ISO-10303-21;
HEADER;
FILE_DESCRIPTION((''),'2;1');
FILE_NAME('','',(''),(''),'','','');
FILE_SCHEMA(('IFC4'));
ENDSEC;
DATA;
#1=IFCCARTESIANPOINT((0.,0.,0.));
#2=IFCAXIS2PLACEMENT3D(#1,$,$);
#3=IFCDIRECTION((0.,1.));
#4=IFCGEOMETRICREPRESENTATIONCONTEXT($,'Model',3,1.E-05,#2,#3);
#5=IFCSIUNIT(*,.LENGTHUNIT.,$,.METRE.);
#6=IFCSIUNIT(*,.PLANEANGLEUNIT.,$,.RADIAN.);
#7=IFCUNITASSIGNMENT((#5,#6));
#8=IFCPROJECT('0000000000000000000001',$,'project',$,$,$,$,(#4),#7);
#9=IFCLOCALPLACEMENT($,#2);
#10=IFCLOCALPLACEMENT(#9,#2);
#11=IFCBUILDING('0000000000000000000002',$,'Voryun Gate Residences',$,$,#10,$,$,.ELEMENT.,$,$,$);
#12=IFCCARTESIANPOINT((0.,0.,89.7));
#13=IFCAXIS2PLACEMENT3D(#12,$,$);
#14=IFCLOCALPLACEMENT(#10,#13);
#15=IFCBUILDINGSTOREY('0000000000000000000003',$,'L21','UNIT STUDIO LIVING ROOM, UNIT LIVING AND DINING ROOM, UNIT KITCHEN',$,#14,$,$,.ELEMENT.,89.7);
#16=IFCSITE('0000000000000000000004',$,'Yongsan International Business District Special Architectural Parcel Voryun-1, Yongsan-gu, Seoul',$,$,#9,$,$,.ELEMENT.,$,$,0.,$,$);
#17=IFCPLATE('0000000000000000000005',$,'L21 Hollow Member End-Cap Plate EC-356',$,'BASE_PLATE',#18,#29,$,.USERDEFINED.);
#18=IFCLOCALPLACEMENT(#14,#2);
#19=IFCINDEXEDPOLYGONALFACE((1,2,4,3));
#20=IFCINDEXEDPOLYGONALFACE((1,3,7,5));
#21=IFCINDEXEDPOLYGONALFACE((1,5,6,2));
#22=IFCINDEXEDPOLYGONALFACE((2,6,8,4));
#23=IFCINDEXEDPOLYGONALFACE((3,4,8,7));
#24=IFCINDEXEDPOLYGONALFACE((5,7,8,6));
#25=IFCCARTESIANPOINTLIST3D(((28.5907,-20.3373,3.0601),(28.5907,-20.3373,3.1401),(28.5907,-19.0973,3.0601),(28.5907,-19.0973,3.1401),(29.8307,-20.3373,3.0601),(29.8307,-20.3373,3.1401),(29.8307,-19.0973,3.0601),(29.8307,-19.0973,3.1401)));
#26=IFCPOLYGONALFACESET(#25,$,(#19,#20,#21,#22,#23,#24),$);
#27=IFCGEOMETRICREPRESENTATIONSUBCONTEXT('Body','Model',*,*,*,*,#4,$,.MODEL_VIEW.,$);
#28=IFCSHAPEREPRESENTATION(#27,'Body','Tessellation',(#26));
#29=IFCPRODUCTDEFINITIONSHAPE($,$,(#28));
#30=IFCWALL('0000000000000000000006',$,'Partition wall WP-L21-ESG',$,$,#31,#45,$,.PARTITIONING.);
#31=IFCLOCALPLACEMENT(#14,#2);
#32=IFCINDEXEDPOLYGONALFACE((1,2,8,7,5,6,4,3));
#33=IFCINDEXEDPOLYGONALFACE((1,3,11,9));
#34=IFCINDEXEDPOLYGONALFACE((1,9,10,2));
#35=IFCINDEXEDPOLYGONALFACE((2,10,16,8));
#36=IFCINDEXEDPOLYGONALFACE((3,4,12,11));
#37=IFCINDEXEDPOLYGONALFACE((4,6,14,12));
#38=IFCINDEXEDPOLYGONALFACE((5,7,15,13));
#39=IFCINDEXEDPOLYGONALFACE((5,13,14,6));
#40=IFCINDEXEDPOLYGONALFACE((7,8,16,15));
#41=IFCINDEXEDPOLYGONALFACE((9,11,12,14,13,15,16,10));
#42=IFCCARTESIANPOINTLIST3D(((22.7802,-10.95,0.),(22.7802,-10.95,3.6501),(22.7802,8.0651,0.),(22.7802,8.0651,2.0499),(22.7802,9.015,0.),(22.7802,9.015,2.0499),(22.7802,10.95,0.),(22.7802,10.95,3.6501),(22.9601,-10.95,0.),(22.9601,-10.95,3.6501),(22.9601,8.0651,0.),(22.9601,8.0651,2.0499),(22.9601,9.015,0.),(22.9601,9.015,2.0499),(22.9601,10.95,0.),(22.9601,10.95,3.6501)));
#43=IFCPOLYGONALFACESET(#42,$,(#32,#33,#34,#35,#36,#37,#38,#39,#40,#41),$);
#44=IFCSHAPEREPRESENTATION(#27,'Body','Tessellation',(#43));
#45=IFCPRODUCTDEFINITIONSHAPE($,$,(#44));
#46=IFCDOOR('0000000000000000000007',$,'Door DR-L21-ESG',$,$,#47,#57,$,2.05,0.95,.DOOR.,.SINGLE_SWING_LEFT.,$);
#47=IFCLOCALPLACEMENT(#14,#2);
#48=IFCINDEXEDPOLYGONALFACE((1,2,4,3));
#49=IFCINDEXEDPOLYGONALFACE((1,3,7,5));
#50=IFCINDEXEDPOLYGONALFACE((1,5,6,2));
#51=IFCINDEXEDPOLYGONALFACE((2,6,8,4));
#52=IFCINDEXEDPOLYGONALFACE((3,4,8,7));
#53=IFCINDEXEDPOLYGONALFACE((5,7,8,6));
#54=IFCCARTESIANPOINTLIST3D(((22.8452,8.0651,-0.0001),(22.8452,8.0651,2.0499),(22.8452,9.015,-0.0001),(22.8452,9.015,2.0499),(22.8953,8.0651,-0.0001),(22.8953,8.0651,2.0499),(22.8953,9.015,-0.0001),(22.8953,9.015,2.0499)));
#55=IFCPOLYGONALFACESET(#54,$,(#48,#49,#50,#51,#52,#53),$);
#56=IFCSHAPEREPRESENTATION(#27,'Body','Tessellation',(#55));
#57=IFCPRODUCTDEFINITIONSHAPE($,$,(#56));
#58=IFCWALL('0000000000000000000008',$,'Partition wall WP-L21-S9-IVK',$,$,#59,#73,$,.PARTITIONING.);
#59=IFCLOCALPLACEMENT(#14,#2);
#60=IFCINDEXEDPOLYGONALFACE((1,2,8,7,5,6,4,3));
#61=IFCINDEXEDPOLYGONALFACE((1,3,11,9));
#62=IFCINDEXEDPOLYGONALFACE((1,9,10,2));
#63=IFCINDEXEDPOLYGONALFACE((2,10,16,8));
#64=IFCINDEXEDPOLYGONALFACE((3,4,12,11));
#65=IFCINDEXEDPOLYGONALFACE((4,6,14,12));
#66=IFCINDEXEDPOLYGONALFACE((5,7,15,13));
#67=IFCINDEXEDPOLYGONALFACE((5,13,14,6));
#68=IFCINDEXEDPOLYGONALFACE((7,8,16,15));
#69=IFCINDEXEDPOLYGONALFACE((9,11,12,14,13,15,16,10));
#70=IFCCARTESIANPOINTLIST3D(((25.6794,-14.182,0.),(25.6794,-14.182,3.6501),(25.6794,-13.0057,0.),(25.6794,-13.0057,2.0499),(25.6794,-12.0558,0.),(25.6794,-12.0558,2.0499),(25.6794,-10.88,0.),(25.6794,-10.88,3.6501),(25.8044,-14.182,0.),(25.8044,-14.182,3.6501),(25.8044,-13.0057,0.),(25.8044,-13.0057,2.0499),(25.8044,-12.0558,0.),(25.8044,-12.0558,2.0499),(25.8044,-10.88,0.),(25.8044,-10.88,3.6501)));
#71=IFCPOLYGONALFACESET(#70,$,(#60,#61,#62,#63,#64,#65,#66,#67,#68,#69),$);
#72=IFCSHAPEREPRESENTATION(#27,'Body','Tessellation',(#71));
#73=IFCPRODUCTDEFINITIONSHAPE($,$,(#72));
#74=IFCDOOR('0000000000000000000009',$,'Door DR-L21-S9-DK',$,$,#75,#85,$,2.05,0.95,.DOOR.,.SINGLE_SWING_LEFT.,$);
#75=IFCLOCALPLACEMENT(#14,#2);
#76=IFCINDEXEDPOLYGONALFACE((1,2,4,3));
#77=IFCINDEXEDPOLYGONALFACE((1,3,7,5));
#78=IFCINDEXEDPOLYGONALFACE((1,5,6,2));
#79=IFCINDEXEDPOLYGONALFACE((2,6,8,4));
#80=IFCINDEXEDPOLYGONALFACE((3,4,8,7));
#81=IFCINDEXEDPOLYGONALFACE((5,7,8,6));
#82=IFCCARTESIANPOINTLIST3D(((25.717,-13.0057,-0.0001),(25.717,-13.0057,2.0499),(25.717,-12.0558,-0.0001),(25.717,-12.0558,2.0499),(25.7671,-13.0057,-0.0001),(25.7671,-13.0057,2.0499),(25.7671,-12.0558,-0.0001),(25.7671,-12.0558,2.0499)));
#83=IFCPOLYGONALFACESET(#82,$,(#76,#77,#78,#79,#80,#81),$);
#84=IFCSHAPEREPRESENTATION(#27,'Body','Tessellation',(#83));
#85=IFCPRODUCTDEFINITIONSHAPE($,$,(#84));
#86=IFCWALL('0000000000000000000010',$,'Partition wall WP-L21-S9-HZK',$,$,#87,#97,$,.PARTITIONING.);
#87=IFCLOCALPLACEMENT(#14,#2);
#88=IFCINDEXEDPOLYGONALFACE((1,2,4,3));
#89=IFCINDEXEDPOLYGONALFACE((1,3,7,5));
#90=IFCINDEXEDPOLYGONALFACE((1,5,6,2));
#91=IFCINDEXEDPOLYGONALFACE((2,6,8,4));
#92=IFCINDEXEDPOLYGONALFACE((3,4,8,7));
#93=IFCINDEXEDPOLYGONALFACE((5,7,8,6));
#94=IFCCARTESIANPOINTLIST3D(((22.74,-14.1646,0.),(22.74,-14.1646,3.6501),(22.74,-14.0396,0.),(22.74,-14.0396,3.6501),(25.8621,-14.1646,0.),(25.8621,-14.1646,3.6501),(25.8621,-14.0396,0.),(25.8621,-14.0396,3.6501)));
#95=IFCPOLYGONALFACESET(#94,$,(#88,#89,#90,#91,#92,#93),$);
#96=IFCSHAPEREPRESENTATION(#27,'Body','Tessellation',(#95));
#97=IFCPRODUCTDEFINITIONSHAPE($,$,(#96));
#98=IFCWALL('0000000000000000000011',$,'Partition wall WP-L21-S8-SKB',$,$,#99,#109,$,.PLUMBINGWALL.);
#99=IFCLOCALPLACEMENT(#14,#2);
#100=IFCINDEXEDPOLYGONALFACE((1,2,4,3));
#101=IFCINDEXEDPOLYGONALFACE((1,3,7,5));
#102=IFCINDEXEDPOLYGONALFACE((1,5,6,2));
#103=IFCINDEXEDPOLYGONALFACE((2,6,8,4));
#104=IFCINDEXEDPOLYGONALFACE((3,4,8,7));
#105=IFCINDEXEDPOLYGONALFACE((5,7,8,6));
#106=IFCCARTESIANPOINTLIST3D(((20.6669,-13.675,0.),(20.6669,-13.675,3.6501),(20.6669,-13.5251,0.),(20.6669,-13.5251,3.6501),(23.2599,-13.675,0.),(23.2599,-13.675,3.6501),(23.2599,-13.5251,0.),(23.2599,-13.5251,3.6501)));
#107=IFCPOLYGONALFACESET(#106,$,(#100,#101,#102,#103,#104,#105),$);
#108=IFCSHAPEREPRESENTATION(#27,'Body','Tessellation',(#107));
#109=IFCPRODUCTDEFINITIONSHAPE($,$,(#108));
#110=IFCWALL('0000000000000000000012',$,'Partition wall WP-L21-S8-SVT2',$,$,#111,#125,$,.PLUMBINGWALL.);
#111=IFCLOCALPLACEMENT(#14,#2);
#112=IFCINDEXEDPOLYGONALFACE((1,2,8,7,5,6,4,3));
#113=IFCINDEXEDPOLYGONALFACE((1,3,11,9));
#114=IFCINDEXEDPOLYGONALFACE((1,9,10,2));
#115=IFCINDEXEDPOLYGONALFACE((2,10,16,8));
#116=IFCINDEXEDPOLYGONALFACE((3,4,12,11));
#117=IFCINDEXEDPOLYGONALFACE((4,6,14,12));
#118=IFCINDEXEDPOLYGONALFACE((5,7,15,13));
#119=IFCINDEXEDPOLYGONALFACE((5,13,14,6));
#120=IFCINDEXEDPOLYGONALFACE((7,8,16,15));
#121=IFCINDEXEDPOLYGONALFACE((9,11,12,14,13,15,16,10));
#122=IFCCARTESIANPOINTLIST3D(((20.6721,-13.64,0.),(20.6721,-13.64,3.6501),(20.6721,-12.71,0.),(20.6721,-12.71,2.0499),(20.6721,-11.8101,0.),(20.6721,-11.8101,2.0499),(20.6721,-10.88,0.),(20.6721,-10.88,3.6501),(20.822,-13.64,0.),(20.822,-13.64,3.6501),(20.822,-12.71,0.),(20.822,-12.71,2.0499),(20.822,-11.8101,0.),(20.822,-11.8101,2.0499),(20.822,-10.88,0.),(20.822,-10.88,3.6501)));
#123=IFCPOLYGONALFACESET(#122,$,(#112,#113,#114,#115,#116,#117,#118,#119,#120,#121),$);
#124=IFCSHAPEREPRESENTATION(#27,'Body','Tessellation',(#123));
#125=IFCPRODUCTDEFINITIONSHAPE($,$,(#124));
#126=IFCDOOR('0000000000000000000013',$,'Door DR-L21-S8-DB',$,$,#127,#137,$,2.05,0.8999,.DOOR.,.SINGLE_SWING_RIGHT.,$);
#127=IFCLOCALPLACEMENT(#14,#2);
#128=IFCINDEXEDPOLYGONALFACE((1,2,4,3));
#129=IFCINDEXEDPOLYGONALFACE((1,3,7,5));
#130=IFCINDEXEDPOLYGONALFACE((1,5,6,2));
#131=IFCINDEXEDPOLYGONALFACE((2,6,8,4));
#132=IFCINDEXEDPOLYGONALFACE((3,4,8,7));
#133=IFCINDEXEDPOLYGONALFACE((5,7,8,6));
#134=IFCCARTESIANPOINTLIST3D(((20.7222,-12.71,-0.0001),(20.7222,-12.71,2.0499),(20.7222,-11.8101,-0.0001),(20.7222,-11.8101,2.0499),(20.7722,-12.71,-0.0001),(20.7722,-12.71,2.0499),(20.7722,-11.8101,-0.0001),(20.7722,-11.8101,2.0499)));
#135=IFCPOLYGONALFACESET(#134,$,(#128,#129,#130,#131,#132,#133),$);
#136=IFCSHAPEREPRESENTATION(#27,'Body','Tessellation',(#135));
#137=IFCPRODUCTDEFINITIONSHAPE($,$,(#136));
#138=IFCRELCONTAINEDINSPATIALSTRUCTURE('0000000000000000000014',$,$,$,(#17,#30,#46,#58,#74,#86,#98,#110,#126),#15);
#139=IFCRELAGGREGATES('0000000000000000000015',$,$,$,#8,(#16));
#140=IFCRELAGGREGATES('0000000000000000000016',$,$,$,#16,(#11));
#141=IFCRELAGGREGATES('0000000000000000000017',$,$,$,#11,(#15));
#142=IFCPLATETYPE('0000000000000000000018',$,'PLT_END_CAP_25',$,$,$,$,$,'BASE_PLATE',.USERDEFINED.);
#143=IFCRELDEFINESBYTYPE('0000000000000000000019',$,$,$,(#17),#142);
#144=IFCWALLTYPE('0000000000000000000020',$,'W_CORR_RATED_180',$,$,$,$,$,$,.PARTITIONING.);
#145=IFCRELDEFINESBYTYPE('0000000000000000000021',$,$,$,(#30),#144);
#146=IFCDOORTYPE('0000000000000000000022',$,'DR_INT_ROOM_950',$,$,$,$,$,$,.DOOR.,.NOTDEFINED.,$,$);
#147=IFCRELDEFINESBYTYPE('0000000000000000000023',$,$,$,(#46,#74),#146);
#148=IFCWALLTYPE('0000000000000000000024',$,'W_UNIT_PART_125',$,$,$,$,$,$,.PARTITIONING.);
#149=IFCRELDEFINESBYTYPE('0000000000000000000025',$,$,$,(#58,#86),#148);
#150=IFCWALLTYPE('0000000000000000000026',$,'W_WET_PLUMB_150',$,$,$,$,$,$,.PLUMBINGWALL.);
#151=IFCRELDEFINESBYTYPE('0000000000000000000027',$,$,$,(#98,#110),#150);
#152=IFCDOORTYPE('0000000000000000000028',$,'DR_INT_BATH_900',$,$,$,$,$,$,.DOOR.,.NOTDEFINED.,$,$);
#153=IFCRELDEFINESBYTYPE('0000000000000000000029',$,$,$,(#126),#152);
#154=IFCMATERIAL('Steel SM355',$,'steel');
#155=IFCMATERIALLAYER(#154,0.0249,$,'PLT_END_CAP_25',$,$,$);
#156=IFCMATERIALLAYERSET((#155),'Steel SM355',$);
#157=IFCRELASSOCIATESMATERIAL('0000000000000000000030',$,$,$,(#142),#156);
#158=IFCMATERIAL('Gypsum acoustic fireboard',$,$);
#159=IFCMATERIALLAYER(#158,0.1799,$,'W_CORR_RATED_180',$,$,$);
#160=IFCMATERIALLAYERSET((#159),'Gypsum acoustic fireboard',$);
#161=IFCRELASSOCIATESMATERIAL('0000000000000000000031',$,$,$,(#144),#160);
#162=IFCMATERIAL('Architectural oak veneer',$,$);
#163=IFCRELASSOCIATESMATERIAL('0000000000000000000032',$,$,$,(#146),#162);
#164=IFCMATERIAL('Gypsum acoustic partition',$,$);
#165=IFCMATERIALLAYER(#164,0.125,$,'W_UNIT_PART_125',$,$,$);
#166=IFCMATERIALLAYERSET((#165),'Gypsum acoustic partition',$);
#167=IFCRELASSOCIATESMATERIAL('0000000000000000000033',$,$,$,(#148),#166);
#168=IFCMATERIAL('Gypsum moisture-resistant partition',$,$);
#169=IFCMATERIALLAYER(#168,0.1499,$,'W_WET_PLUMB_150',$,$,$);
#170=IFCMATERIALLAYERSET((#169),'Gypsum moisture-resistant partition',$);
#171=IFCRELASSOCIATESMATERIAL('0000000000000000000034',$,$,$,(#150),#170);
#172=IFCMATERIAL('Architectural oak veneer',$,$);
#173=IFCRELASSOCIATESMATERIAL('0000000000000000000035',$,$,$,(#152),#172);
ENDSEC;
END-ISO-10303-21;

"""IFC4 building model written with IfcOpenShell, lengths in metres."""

from ifc_helpers import new_model, si_unit, direction, frame, frame_2d, origin, origin_2d, place, context, subcontext, project, spatial, rectangle, extrude, material, layer, layer_set, type_object, element, fill, save


model = new_model("IFC4")

# Units and contexts
model_context = context("Model", 3, precision=1e-05, world=origin(), true_north=direction((0.0, 1.0)))
body_context = subcontext(model_context, "Body", "Model", "MODEL_VIEW")
ifc_project = project(units=[si_unit("LENGTHUNIT", "METRE"), si_unit("PLANEANGLEUNIT", "RADIAN")], contexts=[model_context])

# Site, building, storey
site_placement = place(None, origin())
site = spatial("IfcSite", under=ifc_project, at=site_placement, Name="Yongsan International Business District Special Architectural Parcel Voryun-1, Yongsan-gu, Seoul", CompositionType="ELEMENT", RefElevation=0.0)
building_placement = place(site_placement, origin())
building = spatial("IfcBuilding", under=site, at=building_placement, Name="Voryun Gate Residences", CompositionType="ELEMENT")
storey_placement = place(building_placement, frame((0.0, 0.0, 89.7)))
storey = spatial("IfcBuildingStorey", under=building, at=storey_placement, Name="L21", Description="UNIT STUDIO LIVING ROOM, UNIT LIVING AND DINING ROOM, UNIT KITCHEN", CompositionType="ELEMENT", Elevation=89.7)

# Plate
ifc_material_1 = material(Name="Steel SM355", Category="steel")
ifc_layer_1 = layer(ifc_material_1, 0.0249, Name="PLT_END_CAP_25")
ifc_layer_set_1 = layer_set([ifc_layer_1], Name="Steel SM355")
plate_type = type_object("IfcPlateType", Name="PLT_END_CAP_25", ElementType="BASE_PLATE", PredefinedType="USERDEFINED", material=ifc_layer_set_1)
plate_placement = place(storey_placement, frame((29.2107, -19.7173, 3.0601), z_axis=(0.0, 0.0, 1.0), x_axis=(1.0, 0.0, 0.0)))
element("IfcPlate", 1, at=plate_placement, inside=storey, type_object=plate_type, Name="L21 Hollow Member End-Cap Plate EC-356", ObjectType="BASE_PLATE", PredefinedType="USERDEFINED", context=body_context, shape_type="SweptSolid", body=[
    extrude(rectangle(XDim=1.24, YDim=1.24, at=origin_2d()), origin(), (0.0, 0.0, 1.0), 0.0801),
])

# Walls, openings, doors
ifc_material_2 = material(Name="Gypsum acoustic fireboard")
ifc_layer_2 = layer(ifc_material_2, 0.1799, Name="W_CORR_RATED_180")
ifc_layer_set_2 = layer_set([ifc_layer_2], Name="Gypsum acoustic fireboard")
wall_type_1 = type_object("IfcWallType", Name="W_CORR_RATED_180", PredefinedType="PARTITIONING", material=ifc_layer_set_2)
wall_1_placement = place(storey_placement, frame((22.8701, -10.95, 0.0), z_axis=(0.0, 0.0, 1.0), x_axis=(0.0, 1.0, 0.0)))
wall_1 = element("IfcWall", 2, at=wall_1_placement, inside=storey, type_object=wall_type_1, Name="Partition wall WP-L21-ESG", PredefinedType="PARTITIONING", context=body_context, shape_type="SweptSolid", body=[
    extrude(rectangle(XDim=21.8999, YDim=0.1799, at=frame_2d((10.95, 0.0))), origin(), (0.0, 0.0, 1.0), 3.6501),
])
opening_1_placement = place(wall_1_placement, frame((19.0149, 0.0, 0.0)))
opening_1 = element("IfcOpeningElement", 3, at=opening_1_placement, cuts=wall_1, PredefinedType="OPENING", context=body_context, shape_type="SweptSolid", body=[
    extrude(rectangle(XDim=0.95, YDim=2.05, at=frame_2d((0.4751, 1.0249))), frame((0.0, 0.0999, 0.0), z_axis=(0.0, -1.0, 0.0), x_axis=(1.0, 0.0, 0.0)), (0.0, 0.0, 1.0), 0.2),
])
ifc_material_3 = material(Name="Architectural oak veneer")
door_type_1 = type_object("IfcDoorType", Name="DR_INT_ROOM_950", OperationType="NOTDEFINED", PredefinedType="DOOR", material=ifc_material_3)
door_1_placement = place(opening_1_placement, origin())
door_1 = element("IfcDoor", 4, at=door_1_placement, inside=storey, type_object=door_type_1, Name="Door DR-L21-ESG", OperationType="SINGLE_SWING_LEFT", OverallHeight=2.05, OverallWidth=0.95, PredefinedType="DOOR", context=body_context, shape_type="SweptSolid", body=[
    extrude(rectangle(XDim=0.95, YDim=2.05, at=frame_2d((0.4751, 1.0249))), frame((0.0, 0.0249, 0.0), z_axis=(0.0, -1.0, 0.0), x_axis=(1.0, 0.0, 0.0)), (0.0, 0.0, 1.0), 0.05),
])
fill(opening_1, door_1)
ifc_material_4 = material(Name="Gypsum acoustic partition")
ifc_layer_3 = layer(ifc_material_4, 0.125, Name="W_UNIT_PART_125")
ifc_layer_set_3 = layer_set([ifc_layer_3], Name="Gypsum acoustic partition")
wall_type_2 = type_object("IfcWallType", Name="W_UNIT_PART_125", PredefinedType="PARTITIONING", material=ifc_layer_set_3)
wall_2_placement = place(storey_placement, frame((25.7419, -14.1819, 0.0), z_axis=(0.0, 0.0, 1.0), x_axis=(0.0, 1.0, 0.0)))
wall_2 = element("IfcWall", 5, at=wall_2_placement, inside=storey, type_object=wall_type_2, Name="Partition wall WP-L21-S9-IVK", PredefinedType="PARTITIONING", context=body_context, shape_type="SweptSolid", body=[
    extrude(rectangle(XDim=3.302, YDim=0.125, at=frame_2d((1.6509, 0.0))), origin(), (0.0, 0.0, 1.0), 3.6501),
])
opening_2_placement = place(wall_2_placement, frame((1.176, 0.0, 0.0)))
opening_2 = element("IfcOpeningElement", 6, at=opening_2_placement, cuts=wall_2, PredefinedType="OPENING", context=body_context, shape_type="SweptSolid", body=[
    extrude(rectangle(XDim=0.95, YDim=2.05, at=frame_2d((0.4751, 1.0249))), frame((0.0, 0.0725, 0.0), z_axis=(0.0, -1.0, 0.0), x_axis=(1.0, 0.0, 0.0)), (0.0, 0.0, 1.0), 0.145),
])
door_2_placement = place(opening_2_placement, origin())
door_2 = element("IfcDoor", 7, at=door_2_placement, inside=storey, type_object=door_type_1, Name="Door DR-L21-S9-DK", OperationType="SINGLE_SWING_LEFT", OverallHeight=2.05, OverallWidth=0.95, PredefinedType="DOOR", context=body_context, shape_type="SweptSolid", body=[
    extrude(rectangle(XDim=0.95, YDim=2.05, at=frame_2d((0.4751, 1.0249))), frame((0.0, 0.0249, 0.0), z_axis=(0.0, -1.0, 0.0), x_axis=(1.0, 0.0, 0.0)), (0.0, 0.0, 1.0), 0.05),
])
fill(opening_2, door_2)

# Walls
wall_3_placement = place(storey_placement, frame((22.74, -14.1021, 0.0), z_axis=(0.0, 0.0, 1.0), x_axis=(1.0, 0.0, 0.0)))
element("IfcWall", 8, at=wall_3_placement, inside=storey, type_object=wall_type_2, Name="Partition wall WP-L21-S9-HZK", PredefinedType="PARTITIONING", context=body_context, shape_type="SweptSolid", body=[
    extrude(rectangle(XDim=3.1221, YDim=0.125, at=frame_2d((1.561, 0.0))), origin(), (0.0, 0.0, 1.0), 3.6501),
])
ifc_material_5 = material(Name="Gypsum moisture-resistant partition")
ifc_layer_4 = layer(ifc_material_5, 0.1499, Name="W_WET_PLUMB_150")
ifc_layer_set_4 = layer_set([ifc_layer_4], Name="Gypsum moisture-resistant partition")
wall_type_3 = type_object("IfcWallType", Name="W_WET_PLUMB_150", PredefinedType="PLUMBINGWALL", material=ifc_layer_set_4)
wall_4_placement = place(storey_placement, frame((20.667, -13.6001, 0.0), z_axis=(0.0, 0.0, 1.0), x_axis=(1.0, 0.0, 0.0)))
element("IfcWall", 9, at=wall_4_placement, inside=storey, type_object=wall_type_3, Name="Partition wall WP-L21-S8-SKB", PredefinedType="PLUMBINGWALL", context=body_context, shape_type="SweptSolid", body=[
    extrude(rectangle(XDim=2.593, YDim=0.1499, at=frame_2d((1.2964, 0.0))), origin(), (0.0, 0.0, 1.0), 3.6501),
])

# Wall, opening, door
wall_5_placement = place(storey_placement, frame((20.7471, -13.6399, 0.0), z_axis=(0.0, 0.0, 1.0), x_axis=(0.0, 1.0, 0.0)))
wall_5 = element("IfcWall", 10, at=wall_5_placement, inside=storey, type_object=wall_type_3, Name="Partition wall WP-L21-S8-SVT2", PredefinedType="PLUMBINGWALL", context=body_context, shape_type="SweptSolid", body=[
    extrude(rectangle(XDim=2.76, YDim=0.1499, at=frame_2d((1.3799, 0.0))), origin(), (0.0, 0.0, 1.0), 3.6501),
])
opening_3_placement = place(wall_5_placement, frame((0.9299, 0.0, 0.0)))
opening_3 = element("IfcOpeningElement", 11, at=opening_3_placement, cuts=wall_5, PredefinedType="OPENING", context=body_context, shape_type="SweptSolid", body=[
    extrude(rectangle(XDim=0.8999, YDim=2.05, at=frame_2d((0.45, 1.0249))), frame((0.0, 0.085, 0.0), z_axis=(0.0, -1.0, 0.0), x_axis=(1.0, 0.0, 0.0)), (0.0, 0.0, 1.0), 0.1699),
])
ifc_material_6 = material(Name="Architectural oak veneer")
door_type_2 = type_object("IfcDoorType", Name="DR_INT_BATH_900", OperationType="NOTDEFINED", PredefinedType="DOOR", material=ifc_material_6)
door_3_placement = place(opening_3_placement, origin())
door_3 = element("IfcDoor", 12, at=door_3_placement, inside=storey, type_object=door_type_2, Name="Door DR-L21-S8-DB", OperationType="SINGLE_SWING_RIGHT", OverallHeight=2.05, OverallWidth=0.8999, PredefinedType="DOOR", context=body_context, shape_type="SweptSolid", body=[
    extrude(rectangle(XDim=0.8999, YDim=2.05, at=frame_2d((0.45, 1.0249))), frame((0.0, 0.0249, 0.0), z_axis=(0.0, -1.0, 0.0), x_axis=(1.0, 0.0, 0.0)), (0.0, 0.0, 1.0), 0.05),
])
fill(opening_3, door_3)

save(model, "model.ifc")
